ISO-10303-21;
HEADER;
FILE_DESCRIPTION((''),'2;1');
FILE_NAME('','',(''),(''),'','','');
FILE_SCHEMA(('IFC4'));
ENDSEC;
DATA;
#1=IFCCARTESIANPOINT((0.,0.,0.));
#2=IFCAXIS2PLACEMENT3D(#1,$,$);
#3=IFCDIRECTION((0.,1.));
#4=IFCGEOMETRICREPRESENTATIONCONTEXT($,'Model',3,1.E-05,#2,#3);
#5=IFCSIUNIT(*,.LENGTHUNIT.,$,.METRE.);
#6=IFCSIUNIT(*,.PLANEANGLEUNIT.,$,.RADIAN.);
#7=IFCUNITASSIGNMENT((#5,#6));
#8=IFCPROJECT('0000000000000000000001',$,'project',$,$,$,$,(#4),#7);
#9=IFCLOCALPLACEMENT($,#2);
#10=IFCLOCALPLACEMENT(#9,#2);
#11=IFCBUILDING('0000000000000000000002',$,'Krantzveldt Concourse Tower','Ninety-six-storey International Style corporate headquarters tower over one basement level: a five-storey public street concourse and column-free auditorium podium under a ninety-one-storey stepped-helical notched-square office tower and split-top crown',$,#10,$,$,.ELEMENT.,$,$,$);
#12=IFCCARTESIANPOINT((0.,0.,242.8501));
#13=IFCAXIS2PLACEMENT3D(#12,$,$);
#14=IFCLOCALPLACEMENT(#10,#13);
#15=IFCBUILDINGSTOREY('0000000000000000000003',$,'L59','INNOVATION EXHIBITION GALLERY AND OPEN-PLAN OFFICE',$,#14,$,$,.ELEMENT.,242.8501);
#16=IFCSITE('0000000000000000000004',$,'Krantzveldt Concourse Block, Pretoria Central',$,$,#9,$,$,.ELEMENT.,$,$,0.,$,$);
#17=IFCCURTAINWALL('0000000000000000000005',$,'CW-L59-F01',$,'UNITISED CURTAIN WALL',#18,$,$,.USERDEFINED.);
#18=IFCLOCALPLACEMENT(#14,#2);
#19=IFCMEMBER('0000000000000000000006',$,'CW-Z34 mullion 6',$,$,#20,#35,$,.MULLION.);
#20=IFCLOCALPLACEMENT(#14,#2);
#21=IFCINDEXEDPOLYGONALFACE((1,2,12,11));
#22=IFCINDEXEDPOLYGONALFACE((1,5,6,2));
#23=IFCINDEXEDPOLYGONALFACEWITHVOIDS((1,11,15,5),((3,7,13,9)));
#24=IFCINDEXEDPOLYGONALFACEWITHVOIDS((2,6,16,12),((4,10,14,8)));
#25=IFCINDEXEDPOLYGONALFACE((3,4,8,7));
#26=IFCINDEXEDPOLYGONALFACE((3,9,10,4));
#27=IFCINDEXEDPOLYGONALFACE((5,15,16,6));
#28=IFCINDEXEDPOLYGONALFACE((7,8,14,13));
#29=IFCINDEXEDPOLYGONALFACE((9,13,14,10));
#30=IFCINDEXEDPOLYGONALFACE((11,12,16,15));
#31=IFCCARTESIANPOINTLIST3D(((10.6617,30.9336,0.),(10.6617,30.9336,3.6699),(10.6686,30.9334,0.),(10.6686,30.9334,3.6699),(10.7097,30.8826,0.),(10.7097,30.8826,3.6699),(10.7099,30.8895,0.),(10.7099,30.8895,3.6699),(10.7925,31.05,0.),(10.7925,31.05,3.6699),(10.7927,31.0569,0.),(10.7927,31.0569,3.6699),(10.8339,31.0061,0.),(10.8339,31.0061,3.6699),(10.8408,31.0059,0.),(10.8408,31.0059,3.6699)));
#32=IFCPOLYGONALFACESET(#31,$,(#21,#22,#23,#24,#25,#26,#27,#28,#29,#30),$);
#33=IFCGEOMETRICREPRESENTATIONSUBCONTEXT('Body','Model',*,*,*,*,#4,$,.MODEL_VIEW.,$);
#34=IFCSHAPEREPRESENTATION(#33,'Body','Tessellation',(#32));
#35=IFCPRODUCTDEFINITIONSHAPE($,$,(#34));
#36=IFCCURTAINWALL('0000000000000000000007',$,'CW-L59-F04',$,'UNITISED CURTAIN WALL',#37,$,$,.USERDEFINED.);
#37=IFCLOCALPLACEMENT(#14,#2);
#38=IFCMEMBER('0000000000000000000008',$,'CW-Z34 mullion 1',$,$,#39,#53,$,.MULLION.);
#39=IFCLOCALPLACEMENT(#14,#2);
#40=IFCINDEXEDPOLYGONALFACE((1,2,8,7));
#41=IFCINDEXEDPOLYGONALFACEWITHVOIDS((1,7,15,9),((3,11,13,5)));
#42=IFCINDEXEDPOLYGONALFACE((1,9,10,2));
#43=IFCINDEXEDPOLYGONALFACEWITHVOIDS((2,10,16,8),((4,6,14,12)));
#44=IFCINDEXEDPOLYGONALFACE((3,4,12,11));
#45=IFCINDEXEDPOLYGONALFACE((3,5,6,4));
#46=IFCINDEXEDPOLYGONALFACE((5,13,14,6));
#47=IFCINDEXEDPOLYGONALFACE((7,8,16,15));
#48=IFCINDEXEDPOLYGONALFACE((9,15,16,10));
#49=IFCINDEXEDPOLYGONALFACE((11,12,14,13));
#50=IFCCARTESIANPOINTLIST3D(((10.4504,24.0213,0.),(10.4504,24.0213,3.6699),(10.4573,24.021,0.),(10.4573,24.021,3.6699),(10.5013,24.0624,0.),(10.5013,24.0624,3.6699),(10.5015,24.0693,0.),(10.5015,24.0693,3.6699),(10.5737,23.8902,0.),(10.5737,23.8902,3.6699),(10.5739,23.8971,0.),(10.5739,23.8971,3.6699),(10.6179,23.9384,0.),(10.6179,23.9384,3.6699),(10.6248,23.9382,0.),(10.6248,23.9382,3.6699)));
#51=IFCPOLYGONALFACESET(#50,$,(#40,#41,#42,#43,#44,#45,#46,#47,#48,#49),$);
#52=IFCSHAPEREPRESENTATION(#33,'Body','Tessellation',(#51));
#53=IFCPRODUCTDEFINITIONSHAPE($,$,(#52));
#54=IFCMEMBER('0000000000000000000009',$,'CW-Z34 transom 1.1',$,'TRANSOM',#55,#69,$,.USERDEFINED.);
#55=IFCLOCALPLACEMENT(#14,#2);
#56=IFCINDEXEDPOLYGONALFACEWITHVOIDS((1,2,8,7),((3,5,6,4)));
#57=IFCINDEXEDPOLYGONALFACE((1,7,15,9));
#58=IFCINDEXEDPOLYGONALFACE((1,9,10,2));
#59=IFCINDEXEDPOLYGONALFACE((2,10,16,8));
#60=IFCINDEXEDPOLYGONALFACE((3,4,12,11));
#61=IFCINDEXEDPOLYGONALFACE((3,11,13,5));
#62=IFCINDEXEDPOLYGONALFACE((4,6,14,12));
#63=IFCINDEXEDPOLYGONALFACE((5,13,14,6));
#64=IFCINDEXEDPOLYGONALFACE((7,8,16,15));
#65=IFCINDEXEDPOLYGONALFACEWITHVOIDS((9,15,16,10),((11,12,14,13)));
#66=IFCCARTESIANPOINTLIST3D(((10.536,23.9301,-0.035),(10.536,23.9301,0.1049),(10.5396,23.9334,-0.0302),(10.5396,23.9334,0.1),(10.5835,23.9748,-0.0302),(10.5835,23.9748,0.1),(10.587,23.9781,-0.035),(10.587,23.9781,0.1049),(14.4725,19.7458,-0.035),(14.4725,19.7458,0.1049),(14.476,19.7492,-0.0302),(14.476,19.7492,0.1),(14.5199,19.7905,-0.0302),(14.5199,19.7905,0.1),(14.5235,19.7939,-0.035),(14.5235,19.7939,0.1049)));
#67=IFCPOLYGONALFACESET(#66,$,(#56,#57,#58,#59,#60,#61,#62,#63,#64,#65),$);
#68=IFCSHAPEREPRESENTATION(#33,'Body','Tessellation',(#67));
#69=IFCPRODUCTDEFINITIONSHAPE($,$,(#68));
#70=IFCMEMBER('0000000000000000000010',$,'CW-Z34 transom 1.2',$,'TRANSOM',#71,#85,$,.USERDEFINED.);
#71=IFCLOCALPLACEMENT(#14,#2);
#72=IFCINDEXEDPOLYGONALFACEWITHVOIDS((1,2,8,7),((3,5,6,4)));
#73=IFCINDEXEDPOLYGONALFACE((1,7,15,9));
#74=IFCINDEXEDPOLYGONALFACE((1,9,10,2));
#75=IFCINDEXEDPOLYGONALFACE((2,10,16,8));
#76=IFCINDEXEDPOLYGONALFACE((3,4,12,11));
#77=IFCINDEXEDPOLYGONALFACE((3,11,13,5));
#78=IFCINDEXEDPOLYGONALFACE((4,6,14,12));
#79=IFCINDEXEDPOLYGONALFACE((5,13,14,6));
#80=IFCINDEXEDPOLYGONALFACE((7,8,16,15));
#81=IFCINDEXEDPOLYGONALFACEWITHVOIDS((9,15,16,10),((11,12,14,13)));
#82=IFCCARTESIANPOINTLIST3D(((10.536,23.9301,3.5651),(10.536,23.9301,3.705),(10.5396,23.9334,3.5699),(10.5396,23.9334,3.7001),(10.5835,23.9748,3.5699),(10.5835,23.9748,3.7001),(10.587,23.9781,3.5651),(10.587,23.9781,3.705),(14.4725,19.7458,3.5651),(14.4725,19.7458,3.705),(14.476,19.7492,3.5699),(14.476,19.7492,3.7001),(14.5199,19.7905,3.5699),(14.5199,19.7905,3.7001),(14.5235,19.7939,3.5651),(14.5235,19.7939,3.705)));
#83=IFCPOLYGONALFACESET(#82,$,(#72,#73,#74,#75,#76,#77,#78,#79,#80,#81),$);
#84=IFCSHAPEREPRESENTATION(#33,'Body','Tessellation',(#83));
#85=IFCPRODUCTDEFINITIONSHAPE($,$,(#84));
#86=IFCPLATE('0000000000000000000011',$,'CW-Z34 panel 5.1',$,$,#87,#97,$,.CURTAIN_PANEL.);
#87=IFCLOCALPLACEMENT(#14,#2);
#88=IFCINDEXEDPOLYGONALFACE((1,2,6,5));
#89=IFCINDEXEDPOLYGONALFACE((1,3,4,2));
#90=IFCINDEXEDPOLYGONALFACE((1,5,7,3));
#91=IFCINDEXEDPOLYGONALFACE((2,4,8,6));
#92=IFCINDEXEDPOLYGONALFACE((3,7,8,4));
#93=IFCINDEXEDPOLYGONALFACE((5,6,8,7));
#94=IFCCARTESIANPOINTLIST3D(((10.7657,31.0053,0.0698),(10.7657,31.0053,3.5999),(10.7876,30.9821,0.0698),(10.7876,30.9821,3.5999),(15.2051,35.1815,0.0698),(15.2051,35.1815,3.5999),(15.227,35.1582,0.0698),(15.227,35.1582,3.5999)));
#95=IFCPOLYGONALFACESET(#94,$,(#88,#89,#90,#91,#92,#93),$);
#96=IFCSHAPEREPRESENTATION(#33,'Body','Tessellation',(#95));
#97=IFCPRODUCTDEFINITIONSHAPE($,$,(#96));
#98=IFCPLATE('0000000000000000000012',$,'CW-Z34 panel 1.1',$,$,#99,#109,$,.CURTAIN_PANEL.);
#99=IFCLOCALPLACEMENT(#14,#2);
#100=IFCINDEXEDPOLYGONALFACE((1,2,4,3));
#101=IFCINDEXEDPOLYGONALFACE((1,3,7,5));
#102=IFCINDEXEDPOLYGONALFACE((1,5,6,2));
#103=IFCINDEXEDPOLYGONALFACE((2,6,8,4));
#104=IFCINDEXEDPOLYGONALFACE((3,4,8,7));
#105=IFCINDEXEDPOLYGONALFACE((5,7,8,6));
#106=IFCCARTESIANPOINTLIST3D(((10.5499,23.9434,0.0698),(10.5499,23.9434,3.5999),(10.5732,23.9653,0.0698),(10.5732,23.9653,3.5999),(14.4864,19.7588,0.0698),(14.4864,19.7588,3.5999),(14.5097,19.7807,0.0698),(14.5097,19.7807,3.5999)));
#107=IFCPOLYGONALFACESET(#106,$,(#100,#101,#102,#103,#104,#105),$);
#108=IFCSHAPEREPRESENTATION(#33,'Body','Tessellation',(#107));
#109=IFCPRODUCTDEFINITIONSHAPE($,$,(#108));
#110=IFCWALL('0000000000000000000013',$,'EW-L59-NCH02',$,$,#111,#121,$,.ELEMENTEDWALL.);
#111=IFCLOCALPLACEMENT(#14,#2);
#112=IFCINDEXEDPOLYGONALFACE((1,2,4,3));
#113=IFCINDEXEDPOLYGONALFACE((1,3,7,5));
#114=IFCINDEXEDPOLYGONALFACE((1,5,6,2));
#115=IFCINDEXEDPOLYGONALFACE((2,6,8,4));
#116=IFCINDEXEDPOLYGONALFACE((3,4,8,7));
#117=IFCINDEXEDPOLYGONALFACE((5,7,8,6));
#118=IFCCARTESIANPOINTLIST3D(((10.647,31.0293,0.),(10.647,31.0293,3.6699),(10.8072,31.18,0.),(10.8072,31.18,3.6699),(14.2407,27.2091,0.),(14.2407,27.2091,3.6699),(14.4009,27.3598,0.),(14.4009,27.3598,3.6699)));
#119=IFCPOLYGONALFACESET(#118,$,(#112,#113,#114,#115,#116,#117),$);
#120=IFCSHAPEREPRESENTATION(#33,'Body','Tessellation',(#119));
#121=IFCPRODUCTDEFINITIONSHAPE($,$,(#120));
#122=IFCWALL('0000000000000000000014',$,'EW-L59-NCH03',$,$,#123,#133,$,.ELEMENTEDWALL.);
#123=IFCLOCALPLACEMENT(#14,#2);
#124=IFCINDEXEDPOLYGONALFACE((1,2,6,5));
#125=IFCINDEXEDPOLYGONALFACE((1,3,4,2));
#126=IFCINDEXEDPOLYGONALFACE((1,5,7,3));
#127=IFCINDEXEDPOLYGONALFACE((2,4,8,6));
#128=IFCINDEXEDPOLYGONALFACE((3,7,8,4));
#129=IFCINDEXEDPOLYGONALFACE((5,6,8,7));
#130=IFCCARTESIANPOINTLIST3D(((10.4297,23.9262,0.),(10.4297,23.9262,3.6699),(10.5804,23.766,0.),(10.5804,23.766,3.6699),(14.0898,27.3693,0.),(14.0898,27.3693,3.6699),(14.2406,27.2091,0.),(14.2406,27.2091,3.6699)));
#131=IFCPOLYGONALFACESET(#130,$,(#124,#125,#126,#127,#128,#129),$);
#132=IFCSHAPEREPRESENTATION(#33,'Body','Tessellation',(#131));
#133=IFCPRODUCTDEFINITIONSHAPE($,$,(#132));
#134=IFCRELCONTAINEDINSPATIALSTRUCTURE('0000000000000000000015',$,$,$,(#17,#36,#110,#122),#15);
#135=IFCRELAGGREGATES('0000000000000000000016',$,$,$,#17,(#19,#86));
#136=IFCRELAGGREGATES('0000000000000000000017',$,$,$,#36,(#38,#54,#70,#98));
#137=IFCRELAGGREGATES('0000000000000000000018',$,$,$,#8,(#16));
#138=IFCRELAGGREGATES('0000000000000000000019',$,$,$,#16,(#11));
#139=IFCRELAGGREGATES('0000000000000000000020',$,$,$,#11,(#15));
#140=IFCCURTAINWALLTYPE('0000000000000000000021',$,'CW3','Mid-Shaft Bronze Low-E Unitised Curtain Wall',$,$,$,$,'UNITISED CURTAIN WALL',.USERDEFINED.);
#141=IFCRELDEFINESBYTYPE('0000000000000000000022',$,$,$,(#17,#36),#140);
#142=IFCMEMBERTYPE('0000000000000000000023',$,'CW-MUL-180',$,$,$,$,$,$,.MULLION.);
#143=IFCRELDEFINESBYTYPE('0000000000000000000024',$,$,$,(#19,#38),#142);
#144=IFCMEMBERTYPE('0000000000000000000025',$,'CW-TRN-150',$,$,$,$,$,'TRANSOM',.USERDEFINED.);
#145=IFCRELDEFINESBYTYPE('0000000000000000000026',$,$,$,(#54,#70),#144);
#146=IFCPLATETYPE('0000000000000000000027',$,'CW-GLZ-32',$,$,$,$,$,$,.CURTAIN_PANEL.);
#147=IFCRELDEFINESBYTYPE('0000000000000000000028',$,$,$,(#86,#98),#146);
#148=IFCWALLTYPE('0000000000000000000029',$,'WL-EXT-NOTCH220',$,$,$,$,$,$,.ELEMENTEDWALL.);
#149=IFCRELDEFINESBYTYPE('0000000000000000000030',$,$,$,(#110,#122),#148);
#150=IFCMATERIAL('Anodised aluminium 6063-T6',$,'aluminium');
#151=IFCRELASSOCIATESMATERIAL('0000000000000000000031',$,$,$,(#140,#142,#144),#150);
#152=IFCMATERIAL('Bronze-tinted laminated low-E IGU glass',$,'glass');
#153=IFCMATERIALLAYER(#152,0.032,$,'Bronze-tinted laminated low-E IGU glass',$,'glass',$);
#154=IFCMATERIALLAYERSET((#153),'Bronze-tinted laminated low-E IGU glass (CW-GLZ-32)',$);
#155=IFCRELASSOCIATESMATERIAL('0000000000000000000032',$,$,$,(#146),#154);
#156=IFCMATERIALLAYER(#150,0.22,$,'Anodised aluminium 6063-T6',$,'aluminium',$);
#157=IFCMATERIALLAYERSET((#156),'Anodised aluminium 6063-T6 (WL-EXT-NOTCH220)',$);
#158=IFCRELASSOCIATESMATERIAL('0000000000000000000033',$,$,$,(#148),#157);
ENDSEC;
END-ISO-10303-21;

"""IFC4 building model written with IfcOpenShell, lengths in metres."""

from ifc_helpers import new_model, si_unit, direction, frame, frame_2d, origin, origin_2d, place, context, subcontext, project, spatial, rectangle, hollow_rectangle, extrude, source, transform, mapped, material, layer, layer_set, material_profile, profile_set, type_object, type_shapes, element, aggregate, save


model = new_model("IFC4")

# Units and contexts
model_context = context("Model", 3, precision=1e-05, world=origin(), true_north=direction((0.0, 1.0)))
body_context = subcontext(model_context, "Body", "Model", "MODEL_VIEW")
ifc_project = project(units=[si_unit("LENGTHUNIT", "METRE"), si_unit("PLANEANGLEUNIT", "RADIAN")], contexts=[model_context])

# Site, building, storey
site_placement = place(None, origin())
site = spatial("IfcSite", under=ifc_project, at=site_placement, Name="Krantzveldt Concourse Block, Pretoria Central", CompositionType="ELEMENT", RefElevation=0.0)
building_placement = place(site_placement, origin())
building = spatial("IfcBuilding", under=site, at=building_placement, Name="Krantzveldt Concourse Tower", Description="Ninety-six-storey International Style corporate headquarters tower over one basement level: a five-storey public street concourse and column-free auditorium podium under a ninety-one-storey stepped-helical notched-square office tower and split-top crown", CompositionType="ELEMENT")
storey_placement = place(building_placement, frame((0.0, 0.0, 242.8501)))
storey = spatial("IfcBuildingStorey", under=building, at=storey_placement, Name="L59", Description="INNOVATION EXHIBITION GALLERY AND OPEN-PLAN OFFICE", CompositionType="ELEMENT", Elevation=242.8501)

# Curtain wall, member
ifc_material_1 = material(Name="Anodised aluminium 6063-T6", Category="aluminium")
curtain_wall_type = type_object("IfcCurtainWallType", Name="CW3", Description="Mid-Shaft Bronze Low-E Unitised Curtain Wall", ElementType="UNITISED CURTAIN WALL", PredefinedType="USERDEFINED", material=ifc_material_1)
curtain_wall_1_placement = place(storey_placement, origin())
curtain_wall_1 = element("IfcCurtainWall", 1, at=curtain_wall_1_placement, inside=storey, type_object=curtain_wall_type, Name="CW-L59-F01", ObjectType="UNITISED CURTAIN WALL", PredefinedType="USERDEFINED")
ifc_material_profile_1 = material_profile(ifc_material_1, hollow_rectangle(XDim=0.0701, YDim=0.1799, WallThickness=0.0049, at=origin_2d()), Name="Anodised aluminium 6063-T6", Category="aluminium")
ifc_profile_set_1 = profile_set([ifc_material_profile_1], Name="Anodised aluminium 6063-T6 - ALU-MULL 180x70x5")
member_type_1 = type_object("IfcMemberType", Name="CW-MUL-180", PredefinedType="MULLION", material=ifc_profile_set_1)
shared_shape_1 = source(origin(), body_context, "Body", "SweptSolid", [
    extrude(hollow_rectangle(XDim=0.0701, YDim=0.1799, WallThickness=0.0049, at=origin_2d()), origin(), (0.0, 0.0, 1.0), 3.6699),
])
type_shapes(member_type_1, [shared_shape_1])
member_1_placement = place(storey_placement, frame((10.7512, 30.9697, 0.0), z_axis=(0.0, 0.0, 1.0), x_axis=(0.685183, -0.728371, 0.0)))
member_1 = element("IfcMember", 2, at=member_1_placement, type_object=member_type_1, Name="CW-Z34 mullion 6", PredefinedType="MULLION", context=body_context, shape_type="MappedRepresentation", body=[
    mapped(shared_shape_1, transform((0.0, 0.0, 0.0), x_axis=(1.0, 0.0, 0.0), y_axis=(0.0, 1.0, 0.0), z_axis=(0.0, 0.0, 1.0), scale=1.0)),
])

# Curtain wall, members
curtain_wall_2_placement = place(storey_placement, origin())
curtain_wall_2 = element("IfcCurtainWall", 3, at=curtain_wall_2_placement, inside=storey, type_object=curtain_wall_type, Name="CW-L59-F04", ObjectType="UNITISED CURTAIN WALL", PredefinedType="USERDEFINED")
member_2_placement = place(storey_placement, frame((10.5376, 23.9797, 0.0), z_axis=(0.0, 0.0, 1.0), x_axis=(0.728371, 0.685183, 0.0)))
member_2 = element("IfcMember", 4, at=member_2_placement, type_object=member_type_1, Name="CW-Z34 mullion 1", PredefinedType="MULLION", context=body_context, shape_type="MappedRepresentation", body=[
    mapped(shared_shape_1, transform((0.0, 0.0, 0.0), x_axis=(1.0, 0.0, 0.0), y_axis=(0.0, 1.0, 0.0), z_axis=(0.0, 0.0, 1.0), scale=1.0)),
])
ifc_material_profile_2 = material_profile(ifc_material_1, hollow_rectangle(XDim=0.0701, YDim=0.1399, WallThickness=0.0049, at=origin_2d()), Name="Anodised aluminium 6063-T6", Category="aluminium")
ifc_profile_set_2 = profile_set([ifc_material_profile_2], Name="Anodised aluminium 6063-T6 - ALU-TRAN 140x70x5")
member_type_2 = type_object("IfcMemberType", Name="CW-TRN-150", ElementType="TRANSOM", PredefinedType="USERDEFINED", material=ifc_profile_set_2)
shared_shape_2 = source(origin(), body_context, "Body", "SweptSolid", [
    extrude(hollow_rectangle(XDim=0.0701, YDim=0.1399, WallThickness=0.0049, at=origin_2d()), origin(), (0.0, 0.0, 1.0), 5.7449),
])
type_shapes(member_type_2, [shared_shape_2])
member_3_placement = place(storey_placement, frame((10.5615, 23.9541, 0.0349), z_axis=(0.685211, -0.728345, 0.0), x_axis=(0.728345, 0.685211, 0.0)))
member_3 = element("IfcMember", 5, at=member_3_placement, type_object=member_type_2, Name="CW-Z34 transom 1.1", ObjectType="TRANSOM", PredefinedType="USERDEFINED", context=body_context, shape_type="MappedRepresentation", body=[
    mapped(shared_shape_2, transform((0.0, 0.0, 0.0), x_axis=(1.0, 0.0, 0.0), y_axis=(0.0, 1.0, 0.0), z_axis=(0.0, 0.0, 1.0), scale=1.0)),
])
member_4_placement = place(storey_placement, frame((10.5615, 23.9541, 3.635), z_axis=(0.685211, -0.728345, 0.0), x_axis=(0.728345, 0.685211, 0.0)))
member_4 = element("IfcMember", 6, at=member_4_placement, type_object=member_type_2, Name="CW-Z34 transom 1.2", ObjectType="TRANSOM", PredefinedType="USERDEFINED", context=body_context, shape_type="MappedRepresentation", body=[
    mapped(shared_shape_2, transform((0.0, 0.0, 0.0), x_axis=(1.0, 0.0, 0.0), y_axis=(0.0, 1.0, 0.0), z_axis=(0.0, 0.0, 1.0), scale=1.0)),
])

# Plates
ifc_material_2 = material(Name="Bronze-tinted laminated low-E IGU glass", Category="glass")
ifc_layer_1 = layer(ifc_material_2, 0.032, Name="Bronze-tinted laminated low-E IGU glass", Category="glass")
ifc_layer_set_1 = layer_set([ifc_layer_1], Name="Bronze-tinted laminated low-E IGU glass (CW-GLZ-32)")
plate_type = type_object("IfcPlateType", Name="CW-GLZ-32", PredefinedType="CURTAIN_PANEL", material=ifc_layer_set_1)
shared_shape_3 = source(origin(), body_context, "Body", "SweptSolid", [
    extrude(rectangle(XDim=6.095, YDim=0.032, at=origin_2d()), origin(), (0.0, 0.0, 1.0), 3.53),
])
plate_1_placement = place(storey_placement, frame((12.9963, 33.0818, 0.0698), z_axis=(0.0, 0.0, 1.0), x_axis=(-0.728371, -0.685183, 0.0)))
plate_1 = element("IfcPlate", 7, at=plate_1_placement, type_object=plate_type, Name="CW-Z34 panel 5.1", PredefinedType="CURTAIN_PANEL", context=body_context, shape_type="MappedRepresentation", body=[
    mapped(shared_shape_3, transform((0.0, 0.0, 0.0), x_axis=(1.0, 0.0, 0.0), y_axis=(0.0, 1.0, 0.0), z_axis=(0.0, 0.0, 1.0), scale=1.0)),
])
aggregate(curtain_wall_1, [member_1, plate_1])
shared_shape_4 = source(origin(), body_context, "Body", "SweptSolid", [
    extrude(rectangle(XDim=5.7451, YDim=0.032, at=origin_2d()), origin(), (0.0, 0.0, 1.0), 3.53),
])
type_shapes(plate_type, [shared_shape_3, shared_shape_4])
plate_2_placement = place(storey_placement, frame((12.5298, 21.8621, 0.0698), z_axis=(0.0, 0.0, 1.0), x_axis=(0.685183, -0.728371, 0.0)))
plate_2 = element("IfcPlate", 8, at=plate_2_placement, type_object=plate_type, Name="CW-Z34 panel 1.1", PredefinedType="CURTAIN_PANEL", context=body_context, shape_type="MappedRepresentation", body=[
    mapped(shared_shape_4, transform((0.0, 0.0, 0.0), x_axis=(1.0, 0.0, 0.0), y_axis=(0.0, 1.0, 0.0), z_axis=(0.0, 0.0, 1.0), scale=1.0)),
])
aggregate(curtain_wall_2, [member_2, member_3, member_4, plate_2])

# Walls
ifc_layer_2 = layer(ifc_material_1, 0.22, Name="Anodised aluminium 6063-T6", Category="aluminium")
ifc_layer_set_2 = layer_set([ifc_layer_2], Name="Anodised aluminium 6063-T6 (WL-EXT-NOTCH220)")
wall_type_1 = type_object("IfcWallType", Name="WL-EXT-NOTCH220", PredefinedType="ELEMENTEDWALL", material=ifc_layer_set_2)
wall_1_placement = place(storey_placement, frame((10.7271, 31.1047, 0.0), z_axis=(0.0, 0.0, 1.0), x_axis=(0.685179, -0.728375, 0.0)))
element("IfcWall", 9, at=wall_1_placement, inside=storey, type_object=wall_type_1, Name="EW-L59-NCH02", PredefinedType="ELEMENTEDWALL", context=body_context, shape_type="SweptSolid", body=[
    extrude(rectangle(XDim=5.2449, YDim=0.22, at=frame_2d((2.6226, 0.0))), origin(), (0.0, 0.0, 1.0), 3.6699),
])
wall_2_placement = place(storey_placement, frame((14.1653, 27.2893, 0.0), z_axis=(0.0, 0.0, 1.0), x_axis=(-0.728373, -0.685181, 0.0)))
element("IfcWall", 10, at=wall_2_placement, inside=storey, type_object=wall_type_1, Name="EW-L59-NCH03", PredefinedType="ELEMENTEDWALL", context=body_context, shape_type="SweptSolid", body=[
    extrude(rectangle(XDim=5.0251, YDim=0.22, at=frame_2d((2.5127, 0.0))), origin(), (0.0, 0.0, 1.0), 3.6699),
])

save(model, "model.ifc")
